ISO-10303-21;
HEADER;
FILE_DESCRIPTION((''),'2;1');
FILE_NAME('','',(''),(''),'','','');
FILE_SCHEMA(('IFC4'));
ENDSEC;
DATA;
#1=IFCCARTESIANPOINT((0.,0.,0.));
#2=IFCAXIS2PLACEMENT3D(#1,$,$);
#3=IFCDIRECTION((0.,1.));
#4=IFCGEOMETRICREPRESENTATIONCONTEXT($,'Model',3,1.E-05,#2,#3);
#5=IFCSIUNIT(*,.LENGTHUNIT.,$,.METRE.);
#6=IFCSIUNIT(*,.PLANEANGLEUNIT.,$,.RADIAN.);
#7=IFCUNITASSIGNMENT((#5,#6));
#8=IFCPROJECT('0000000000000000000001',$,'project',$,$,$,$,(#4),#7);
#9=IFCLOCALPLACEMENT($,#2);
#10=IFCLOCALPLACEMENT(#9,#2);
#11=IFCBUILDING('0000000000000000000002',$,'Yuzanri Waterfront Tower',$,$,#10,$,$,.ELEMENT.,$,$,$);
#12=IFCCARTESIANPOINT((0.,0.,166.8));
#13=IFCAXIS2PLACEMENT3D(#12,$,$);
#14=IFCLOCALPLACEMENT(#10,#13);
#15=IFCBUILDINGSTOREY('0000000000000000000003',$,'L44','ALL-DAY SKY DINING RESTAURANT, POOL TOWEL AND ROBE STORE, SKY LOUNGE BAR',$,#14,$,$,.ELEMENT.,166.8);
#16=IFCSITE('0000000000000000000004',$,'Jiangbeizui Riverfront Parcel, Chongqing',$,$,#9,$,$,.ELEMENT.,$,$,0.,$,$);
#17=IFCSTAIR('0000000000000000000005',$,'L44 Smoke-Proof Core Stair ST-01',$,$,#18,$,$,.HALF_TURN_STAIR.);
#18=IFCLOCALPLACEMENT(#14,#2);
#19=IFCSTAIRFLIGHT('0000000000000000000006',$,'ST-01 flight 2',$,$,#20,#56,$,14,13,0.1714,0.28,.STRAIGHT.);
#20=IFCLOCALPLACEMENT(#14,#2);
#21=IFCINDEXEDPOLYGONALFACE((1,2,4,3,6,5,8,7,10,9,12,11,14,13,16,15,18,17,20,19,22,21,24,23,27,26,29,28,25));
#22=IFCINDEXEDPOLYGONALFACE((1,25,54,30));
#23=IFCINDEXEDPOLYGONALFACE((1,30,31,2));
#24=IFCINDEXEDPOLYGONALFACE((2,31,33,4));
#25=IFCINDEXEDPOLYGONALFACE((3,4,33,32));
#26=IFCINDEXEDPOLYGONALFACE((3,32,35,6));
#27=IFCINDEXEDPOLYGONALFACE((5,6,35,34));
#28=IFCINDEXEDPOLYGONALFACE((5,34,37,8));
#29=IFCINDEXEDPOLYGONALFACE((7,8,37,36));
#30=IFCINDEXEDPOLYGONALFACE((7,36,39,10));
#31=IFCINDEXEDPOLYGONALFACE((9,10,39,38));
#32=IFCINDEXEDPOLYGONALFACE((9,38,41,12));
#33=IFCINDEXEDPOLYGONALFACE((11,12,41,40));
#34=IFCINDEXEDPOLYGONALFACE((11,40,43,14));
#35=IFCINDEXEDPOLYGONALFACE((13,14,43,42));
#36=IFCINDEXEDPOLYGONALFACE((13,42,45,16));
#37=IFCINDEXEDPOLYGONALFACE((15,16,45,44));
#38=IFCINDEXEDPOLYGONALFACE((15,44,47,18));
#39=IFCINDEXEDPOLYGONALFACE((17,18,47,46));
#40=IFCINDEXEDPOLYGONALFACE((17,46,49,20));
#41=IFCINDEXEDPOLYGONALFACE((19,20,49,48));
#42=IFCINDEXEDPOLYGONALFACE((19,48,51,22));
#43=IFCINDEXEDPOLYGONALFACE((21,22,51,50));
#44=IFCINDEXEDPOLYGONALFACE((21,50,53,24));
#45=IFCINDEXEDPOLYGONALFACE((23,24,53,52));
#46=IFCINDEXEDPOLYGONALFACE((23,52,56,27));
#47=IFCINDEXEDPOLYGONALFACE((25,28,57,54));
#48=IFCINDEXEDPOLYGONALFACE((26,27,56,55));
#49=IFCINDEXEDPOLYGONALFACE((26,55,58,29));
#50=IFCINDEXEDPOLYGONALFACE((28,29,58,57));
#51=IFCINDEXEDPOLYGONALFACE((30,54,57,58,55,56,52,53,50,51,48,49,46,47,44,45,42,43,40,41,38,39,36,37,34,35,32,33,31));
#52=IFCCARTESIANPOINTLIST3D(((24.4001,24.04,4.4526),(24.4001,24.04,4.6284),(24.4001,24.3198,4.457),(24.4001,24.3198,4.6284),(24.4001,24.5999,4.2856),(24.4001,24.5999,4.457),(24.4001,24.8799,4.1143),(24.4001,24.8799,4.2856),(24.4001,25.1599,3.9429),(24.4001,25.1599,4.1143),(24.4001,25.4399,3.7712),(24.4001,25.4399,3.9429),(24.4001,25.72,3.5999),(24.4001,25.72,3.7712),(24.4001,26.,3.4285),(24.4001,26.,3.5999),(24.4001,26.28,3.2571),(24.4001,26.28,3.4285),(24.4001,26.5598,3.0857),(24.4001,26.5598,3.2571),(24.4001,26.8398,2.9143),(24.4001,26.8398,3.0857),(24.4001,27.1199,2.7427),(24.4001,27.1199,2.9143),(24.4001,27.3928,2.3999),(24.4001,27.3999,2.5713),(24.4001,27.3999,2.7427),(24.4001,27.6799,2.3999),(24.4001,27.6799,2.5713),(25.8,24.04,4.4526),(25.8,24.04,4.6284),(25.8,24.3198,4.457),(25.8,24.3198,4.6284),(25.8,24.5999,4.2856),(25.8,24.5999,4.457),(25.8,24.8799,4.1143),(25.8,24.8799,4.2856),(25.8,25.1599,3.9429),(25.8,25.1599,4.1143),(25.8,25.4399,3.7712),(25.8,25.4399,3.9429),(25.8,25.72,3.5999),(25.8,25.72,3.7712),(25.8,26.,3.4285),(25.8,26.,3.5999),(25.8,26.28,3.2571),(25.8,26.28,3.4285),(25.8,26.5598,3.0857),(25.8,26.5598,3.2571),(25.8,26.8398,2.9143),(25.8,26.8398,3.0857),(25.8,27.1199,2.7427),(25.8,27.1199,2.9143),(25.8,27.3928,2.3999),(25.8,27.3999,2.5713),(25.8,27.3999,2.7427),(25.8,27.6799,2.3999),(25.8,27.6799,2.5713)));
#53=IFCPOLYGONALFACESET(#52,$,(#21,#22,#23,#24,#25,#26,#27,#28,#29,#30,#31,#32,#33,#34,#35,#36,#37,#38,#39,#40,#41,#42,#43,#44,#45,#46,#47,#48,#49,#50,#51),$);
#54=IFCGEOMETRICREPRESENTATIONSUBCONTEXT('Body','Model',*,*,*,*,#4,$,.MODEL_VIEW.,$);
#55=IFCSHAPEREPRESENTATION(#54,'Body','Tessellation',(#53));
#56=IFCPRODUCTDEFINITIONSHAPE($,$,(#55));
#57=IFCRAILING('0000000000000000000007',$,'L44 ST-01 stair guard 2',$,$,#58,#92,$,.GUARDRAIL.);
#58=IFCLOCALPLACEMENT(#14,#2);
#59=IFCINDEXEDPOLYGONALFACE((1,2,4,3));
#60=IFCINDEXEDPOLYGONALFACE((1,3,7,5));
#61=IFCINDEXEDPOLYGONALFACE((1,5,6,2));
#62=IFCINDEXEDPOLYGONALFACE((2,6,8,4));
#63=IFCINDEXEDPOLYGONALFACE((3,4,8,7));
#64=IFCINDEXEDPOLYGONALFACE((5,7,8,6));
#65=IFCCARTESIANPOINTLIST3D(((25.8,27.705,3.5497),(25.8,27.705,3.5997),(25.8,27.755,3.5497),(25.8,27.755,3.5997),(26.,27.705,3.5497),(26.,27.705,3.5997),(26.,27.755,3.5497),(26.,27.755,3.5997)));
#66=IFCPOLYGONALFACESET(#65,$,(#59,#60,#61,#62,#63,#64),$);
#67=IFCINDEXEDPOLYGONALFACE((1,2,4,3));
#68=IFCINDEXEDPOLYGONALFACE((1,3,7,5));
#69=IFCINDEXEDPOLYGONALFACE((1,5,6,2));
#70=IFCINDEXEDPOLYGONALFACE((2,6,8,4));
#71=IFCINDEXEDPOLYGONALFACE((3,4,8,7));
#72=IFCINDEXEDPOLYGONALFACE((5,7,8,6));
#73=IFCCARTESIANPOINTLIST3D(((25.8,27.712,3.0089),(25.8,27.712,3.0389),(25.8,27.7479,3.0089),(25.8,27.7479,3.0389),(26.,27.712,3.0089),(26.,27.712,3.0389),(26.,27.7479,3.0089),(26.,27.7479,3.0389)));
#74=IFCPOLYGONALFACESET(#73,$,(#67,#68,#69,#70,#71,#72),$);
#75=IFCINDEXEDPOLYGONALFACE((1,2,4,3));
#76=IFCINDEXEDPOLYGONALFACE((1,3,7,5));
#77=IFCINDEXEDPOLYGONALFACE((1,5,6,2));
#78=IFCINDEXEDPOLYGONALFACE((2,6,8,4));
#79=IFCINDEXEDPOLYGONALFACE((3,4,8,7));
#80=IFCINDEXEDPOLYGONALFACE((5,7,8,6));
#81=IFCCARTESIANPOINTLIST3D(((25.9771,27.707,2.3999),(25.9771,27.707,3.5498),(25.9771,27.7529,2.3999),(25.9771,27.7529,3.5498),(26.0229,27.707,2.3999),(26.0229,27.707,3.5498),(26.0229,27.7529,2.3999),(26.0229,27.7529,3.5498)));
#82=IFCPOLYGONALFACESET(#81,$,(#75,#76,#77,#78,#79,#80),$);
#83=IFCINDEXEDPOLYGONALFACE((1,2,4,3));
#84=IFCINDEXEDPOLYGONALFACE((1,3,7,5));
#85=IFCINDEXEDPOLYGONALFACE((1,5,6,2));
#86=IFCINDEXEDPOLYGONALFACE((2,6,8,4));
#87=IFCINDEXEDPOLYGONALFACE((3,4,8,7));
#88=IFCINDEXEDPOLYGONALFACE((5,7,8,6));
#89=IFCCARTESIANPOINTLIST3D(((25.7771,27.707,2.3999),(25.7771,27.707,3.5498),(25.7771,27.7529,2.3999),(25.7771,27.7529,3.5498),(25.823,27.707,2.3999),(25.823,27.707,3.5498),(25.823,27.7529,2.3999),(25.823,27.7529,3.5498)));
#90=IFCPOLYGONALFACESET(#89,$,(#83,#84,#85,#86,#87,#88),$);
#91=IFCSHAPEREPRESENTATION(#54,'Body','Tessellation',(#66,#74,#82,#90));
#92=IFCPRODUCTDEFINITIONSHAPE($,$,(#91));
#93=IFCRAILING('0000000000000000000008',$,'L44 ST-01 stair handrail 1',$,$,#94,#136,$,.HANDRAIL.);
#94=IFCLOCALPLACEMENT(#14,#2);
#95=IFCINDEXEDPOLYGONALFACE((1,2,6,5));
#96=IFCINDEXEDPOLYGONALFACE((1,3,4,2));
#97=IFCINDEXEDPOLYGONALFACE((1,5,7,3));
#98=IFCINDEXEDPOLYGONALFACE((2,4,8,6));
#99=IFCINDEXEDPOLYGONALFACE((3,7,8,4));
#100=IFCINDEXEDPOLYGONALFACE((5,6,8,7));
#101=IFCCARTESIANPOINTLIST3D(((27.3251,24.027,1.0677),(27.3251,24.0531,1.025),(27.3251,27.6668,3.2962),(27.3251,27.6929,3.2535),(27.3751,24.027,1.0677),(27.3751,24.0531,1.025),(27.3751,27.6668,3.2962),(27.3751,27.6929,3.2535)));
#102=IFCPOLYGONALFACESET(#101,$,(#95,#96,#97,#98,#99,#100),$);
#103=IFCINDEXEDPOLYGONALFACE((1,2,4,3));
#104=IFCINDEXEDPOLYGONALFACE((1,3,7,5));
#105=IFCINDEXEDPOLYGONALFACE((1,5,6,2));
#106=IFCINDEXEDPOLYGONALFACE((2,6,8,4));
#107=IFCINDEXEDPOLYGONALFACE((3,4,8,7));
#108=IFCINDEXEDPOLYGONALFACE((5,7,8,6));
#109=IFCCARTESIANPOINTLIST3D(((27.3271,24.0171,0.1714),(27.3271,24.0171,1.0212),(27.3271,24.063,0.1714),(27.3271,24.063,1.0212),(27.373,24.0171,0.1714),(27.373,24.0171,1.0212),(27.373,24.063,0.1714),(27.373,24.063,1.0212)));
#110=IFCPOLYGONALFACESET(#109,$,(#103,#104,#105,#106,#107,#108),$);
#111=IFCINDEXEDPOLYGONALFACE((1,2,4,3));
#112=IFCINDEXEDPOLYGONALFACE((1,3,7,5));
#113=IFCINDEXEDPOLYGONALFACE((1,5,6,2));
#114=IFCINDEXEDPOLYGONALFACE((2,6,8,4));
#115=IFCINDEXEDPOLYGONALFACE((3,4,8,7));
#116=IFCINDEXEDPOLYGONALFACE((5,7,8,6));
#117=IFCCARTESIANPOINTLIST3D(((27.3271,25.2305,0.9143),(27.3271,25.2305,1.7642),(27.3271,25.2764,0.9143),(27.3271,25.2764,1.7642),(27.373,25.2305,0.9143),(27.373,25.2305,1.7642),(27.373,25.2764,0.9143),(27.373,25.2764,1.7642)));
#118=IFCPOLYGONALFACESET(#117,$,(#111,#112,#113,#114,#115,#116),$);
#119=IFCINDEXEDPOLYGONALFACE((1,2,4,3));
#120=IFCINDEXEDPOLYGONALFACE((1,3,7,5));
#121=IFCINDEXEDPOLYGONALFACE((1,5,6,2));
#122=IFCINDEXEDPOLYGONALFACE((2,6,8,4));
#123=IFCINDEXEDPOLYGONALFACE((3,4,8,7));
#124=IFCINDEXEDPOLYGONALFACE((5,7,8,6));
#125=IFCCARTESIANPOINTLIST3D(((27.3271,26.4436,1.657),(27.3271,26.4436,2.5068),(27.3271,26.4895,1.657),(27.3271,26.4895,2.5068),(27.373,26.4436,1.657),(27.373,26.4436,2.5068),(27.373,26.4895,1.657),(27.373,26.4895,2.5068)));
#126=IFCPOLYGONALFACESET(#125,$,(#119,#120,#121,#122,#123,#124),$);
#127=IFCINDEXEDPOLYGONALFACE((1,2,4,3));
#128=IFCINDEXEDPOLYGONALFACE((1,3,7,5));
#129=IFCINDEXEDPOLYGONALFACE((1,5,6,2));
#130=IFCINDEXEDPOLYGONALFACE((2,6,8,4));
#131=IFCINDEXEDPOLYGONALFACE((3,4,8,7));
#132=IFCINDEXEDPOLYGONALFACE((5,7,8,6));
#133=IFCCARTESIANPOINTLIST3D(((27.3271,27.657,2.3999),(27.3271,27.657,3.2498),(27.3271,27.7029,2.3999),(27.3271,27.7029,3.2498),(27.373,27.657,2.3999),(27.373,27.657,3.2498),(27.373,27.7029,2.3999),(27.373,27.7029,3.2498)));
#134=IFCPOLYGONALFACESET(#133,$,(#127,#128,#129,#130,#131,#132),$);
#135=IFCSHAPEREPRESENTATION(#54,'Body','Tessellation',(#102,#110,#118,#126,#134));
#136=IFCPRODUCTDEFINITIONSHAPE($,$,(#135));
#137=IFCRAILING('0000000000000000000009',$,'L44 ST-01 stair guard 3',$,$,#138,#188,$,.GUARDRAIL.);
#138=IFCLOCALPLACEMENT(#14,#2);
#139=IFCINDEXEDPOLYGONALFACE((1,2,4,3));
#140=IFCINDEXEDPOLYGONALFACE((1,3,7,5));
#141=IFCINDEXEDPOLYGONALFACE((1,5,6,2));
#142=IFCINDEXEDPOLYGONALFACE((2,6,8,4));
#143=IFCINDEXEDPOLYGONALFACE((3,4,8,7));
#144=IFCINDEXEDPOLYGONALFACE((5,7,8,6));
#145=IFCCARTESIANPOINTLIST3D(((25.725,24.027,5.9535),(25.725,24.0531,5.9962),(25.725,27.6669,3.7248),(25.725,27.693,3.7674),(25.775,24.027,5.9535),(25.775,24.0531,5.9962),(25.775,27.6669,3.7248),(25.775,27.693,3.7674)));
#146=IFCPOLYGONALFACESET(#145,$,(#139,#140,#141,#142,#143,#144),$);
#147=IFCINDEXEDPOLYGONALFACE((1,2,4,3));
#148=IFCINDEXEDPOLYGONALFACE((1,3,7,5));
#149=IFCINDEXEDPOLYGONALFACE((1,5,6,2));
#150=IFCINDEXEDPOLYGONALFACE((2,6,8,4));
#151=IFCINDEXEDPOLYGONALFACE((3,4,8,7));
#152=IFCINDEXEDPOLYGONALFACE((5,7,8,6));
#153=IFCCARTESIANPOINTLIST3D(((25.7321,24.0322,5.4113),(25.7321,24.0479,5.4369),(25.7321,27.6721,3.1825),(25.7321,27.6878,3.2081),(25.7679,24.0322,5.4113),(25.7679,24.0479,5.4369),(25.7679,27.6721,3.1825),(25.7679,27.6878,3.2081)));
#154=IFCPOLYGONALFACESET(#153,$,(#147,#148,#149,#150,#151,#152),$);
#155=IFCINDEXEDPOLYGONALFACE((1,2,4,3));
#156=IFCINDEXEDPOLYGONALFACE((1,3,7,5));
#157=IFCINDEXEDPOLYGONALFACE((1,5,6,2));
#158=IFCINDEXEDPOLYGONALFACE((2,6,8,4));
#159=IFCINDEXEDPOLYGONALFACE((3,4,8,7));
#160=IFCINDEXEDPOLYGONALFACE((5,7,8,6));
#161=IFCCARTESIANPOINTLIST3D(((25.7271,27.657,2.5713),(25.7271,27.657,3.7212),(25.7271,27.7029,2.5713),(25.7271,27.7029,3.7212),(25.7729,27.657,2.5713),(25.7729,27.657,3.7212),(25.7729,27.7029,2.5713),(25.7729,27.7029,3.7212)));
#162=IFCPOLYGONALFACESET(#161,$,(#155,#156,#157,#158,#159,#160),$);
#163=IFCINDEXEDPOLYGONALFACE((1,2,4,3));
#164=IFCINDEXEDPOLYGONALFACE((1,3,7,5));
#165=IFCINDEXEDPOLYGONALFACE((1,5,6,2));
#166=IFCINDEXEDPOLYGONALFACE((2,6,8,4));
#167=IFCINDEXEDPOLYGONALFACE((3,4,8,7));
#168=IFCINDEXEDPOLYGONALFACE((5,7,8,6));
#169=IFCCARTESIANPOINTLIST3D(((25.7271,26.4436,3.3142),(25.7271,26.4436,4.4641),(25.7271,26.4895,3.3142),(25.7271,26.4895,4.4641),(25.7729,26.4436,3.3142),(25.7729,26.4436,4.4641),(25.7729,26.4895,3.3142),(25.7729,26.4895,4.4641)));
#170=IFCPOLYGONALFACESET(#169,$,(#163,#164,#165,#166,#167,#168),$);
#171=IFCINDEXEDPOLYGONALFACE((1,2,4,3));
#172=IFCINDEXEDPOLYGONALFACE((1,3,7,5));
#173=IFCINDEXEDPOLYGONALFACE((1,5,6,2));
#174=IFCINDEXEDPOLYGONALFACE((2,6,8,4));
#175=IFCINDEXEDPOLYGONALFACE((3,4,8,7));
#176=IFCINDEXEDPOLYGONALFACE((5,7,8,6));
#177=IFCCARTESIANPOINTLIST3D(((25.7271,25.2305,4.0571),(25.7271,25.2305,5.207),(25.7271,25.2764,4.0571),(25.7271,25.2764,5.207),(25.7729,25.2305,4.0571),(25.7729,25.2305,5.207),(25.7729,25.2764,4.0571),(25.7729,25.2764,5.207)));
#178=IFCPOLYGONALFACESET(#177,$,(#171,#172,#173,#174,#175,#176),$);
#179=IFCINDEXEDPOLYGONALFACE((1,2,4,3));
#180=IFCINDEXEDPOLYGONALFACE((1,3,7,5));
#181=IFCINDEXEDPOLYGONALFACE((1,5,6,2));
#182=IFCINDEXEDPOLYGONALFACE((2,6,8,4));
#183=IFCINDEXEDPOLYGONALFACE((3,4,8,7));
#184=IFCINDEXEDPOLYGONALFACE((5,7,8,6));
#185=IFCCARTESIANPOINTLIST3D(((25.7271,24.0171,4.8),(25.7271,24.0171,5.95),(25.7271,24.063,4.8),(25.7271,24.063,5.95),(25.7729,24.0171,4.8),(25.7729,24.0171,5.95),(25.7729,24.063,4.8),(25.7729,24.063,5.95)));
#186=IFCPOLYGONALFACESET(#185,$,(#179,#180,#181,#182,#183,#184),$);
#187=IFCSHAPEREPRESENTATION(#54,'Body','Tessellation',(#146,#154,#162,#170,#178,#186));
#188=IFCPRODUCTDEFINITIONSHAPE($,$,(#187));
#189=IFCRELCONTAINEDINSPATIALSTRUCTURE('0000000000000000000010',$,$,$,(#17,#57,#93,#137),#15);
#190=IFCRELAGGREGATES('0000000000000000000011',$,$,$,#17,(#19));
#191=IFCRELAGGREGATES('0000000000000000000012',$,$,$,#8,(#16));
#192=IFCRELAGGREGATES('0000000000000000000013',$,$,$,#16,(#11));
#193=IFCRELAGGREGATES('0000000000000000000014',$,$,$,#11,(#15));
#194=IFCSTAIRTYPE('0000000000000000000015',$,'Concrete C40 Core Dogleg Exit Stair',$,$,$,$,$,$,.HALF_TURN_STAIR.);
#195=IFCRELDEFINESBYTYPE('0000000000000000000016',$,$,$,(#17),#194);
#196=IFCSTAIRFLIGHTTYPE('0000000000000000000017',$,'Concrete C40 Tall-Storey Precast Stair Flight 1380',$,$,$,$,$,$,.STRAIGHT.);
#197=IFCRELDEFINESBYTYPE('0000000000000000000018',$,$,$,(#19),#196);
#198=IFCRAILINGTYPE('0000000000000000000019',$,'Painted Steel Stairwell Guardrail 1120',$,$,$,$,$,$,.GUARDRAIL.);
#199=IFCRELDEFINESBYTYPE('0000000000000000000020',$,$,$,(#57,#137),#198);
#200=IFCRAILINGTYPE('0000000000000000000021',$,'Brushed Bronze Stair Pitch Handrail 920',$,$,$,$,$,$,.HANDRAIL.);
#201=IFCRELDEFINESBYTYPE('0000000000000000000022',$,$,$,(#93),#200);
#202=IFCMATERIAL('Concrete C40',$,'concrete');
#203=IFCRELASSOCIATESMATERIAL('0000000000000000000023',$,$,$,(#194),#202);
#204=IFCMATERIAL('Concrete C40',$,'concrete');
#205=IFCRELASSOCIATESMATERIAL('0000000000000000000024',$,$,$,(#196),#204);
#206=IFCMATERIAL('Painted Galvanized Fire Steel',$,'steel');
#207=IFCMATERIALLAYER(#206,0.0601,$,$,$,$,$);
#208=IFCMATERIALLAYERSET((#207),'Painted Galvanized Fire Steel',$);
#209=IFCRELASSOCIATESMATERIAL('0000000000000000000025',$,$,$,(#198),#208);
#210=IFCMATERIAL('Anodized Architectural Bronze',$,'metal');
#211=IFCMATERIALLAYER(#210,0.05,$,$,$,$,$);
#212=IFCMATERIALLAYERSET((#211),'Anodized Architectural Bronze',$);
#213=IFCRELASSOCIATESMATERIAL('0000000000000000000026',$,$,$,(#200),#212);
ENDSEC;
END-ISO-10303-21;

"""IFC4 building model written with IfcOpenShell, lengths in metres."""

from ifc_helpers import new_model, si_unit, direction, frame, origin, origin_2d, place, context, subcontext, project, spatial, polyline, rectangle, outline, extrude, source, transform, mapped, material, layer, layer_set, type_object, element, aggregate, save


model = new_model("IFC4")

# Units and contexts
model_context = context("Model", 3, precision=1e-05, world=origin(), true_north=direction((0.0, 1.0)))
body_context = subcontext(model_context, "Body", "Model", "MODEL_VIEW")
ifc_project = project(units=[si_unit("LENGTHUNIT", "METRE"), si_unit("PLANEANGLEUNIT", "RADIAN")], contexts=[model_context])

# Site, building, storey
site_placement = place(None, origin())
site = spatial("IfcSite", under=ifc_project, at=site_placement, Name="Jiangbeizui Riverfront Parcel, Chongqing", CompositionType="ELEMENT", RefElevation=0.0)
building_placement = place(site_placement, origin())
building = spatial("IfcBuilding", under=site, at=building_placement, Name="Yuzanri Waterfront Tower", CompositionType="ELEMENT")
storey_placement = place(building_placement, frame((0.0, 0.0, 166.8)))
storey = spatial("IfcBuildingStorey", under=building, at=storey_placement, Name="L44", Description="ALL-DAY SKY DINING RESTAURANT, POOL TOWEL AND ROBE STORE, SKY LOUNGE BAR", CompositionType="ELEMENT", Elevation=166.8)

# Stair, stair flight
ifc_material_1 = material(Name="Concrete C40", Category="concrete")
stair_type = type_object("IfcStairType", Name="Concrete C40 Core Dogleg Exit Stair", PredefinedType="HALF_TURN_STAIR", material=ifc_material_1)
stair_placement = place(storey_placement, origin())
stair = element("IfcStair", 1, at=stair_placement, inside=storey, type_object=stair_type, Name="L44 Smoke-Proof Core Stair ST-01", PredefinedType="HALF_TURN_STAIR")
ifc_material_2 = material(Name="Concrete C40", Category="concrete")
stair_flight_type = type_object("IfcStairFlightType", Name="Concrete C40 Tall-Storey Precast Stair Flight 1380", PredefinedType="STRAIGHT", material=ifc_material_2)
shared_shape_1 = source(origin(), body_context, "Body", "SweptSolid", [
    extrude(outline(polyline([(0.0, 0.0), (0.0, 0.1714), (0.28, 0.1714), (0.28, 0.3428), (0.5601, 0.3428), (0.5601, 0.5144), (0.8401, 0.5144), (0.8401, 0.6858), (1.1201, 0.6858), (1.1201, 0.8572), (1.3999, 0.8572), (1.3999, 1.0286), (1.6799, 1.0286), (1.6799, 1.2), (1.96, 1.2), (1.96, 1.3713), (2.24, 1.3713), (2.24, 1.543), (2.52, 1.543), (2.52, 1.7144), (2.8, 1.7144), (2.8, 1.8857), (3.0801, 1.8857), (3.0801, 2.0571), (3.3601, 2.0571), (3.3601, 2.2285), (3.6399, 2.2285), (3.6399, 2.3999), (3.6399, 2.0527), (0.2871, 0.0), (0.0, 0.0)])), frame((0.0, 0.7, 0.0), z_axis=(0.0, -1.0, 0.0), x_axis=(1.0, 0.0, 0.0)), (0.0, 0.0, 1.0), 1.3999),
])
stair_flight_placement = place(storey_placement, frame((25.1001, 27.6799, 2.3999), z_axis=(0.0, 0.0, 1.0), x_axis=(0.0, -1.0, 0.0)))
stair_flight = element("IfcStairFlight", 2, at=stair_flight_placement, type_object=stair_flight_type, Name="ST-01 flight 2", NumberOfRisers=14, NumberOfTreads=13, PredefinedType="STRAIGHT", RiserHeight=0.1714, TreadLength=0.28, context=body_context, shape_type="MappedRepresentation", body=[
    mapped(shared_shape_1, transform((0.0, 0.0, 0.0), scale=1.0)),
])
aggregate(stair, [stair_flight])

# Railings
ifc_material_3 = material(Name="Painted Galvanized Fire Steel", Category="steel")
ifc_layer_1 = layer(ifc_material_3, 0.0601)
ifc_layer_set_1 = layer_set([ifc_layer_1], Name="Painted Galvanized Fire Steel")
railing_type_1 = type_object("IfcRailingType", Name="Painted Steel Stairwell Guardrail 1120", PredefinedType="GUARDRAIL", material=ifc_layer_set_1)
shared_shape_2 = source(origin(), body_context, "Body", "SweptSolid", [
    extrude(rectangle(XDim=0.05, YDim=0.05, at=origin_2d()), frame((0.0, 0.0, 1.1748), z_axis=(-1.0, 0.0, 0.0), x_axis=(0.0, -1.0, 0.0)), (0.0, 0.0, 1.0), 0.2),
    extrude(rectangle(XDim=0.0359, YDim=0.03, at=origin_2d()), frame((0.0, 0.0, 0.624), z_axis=(-1.0, 0.0, 0.0), x_axis=(0.0, -1.0, 0.0)), (0.0, 0.0, 1.0), 0.2),
    extrude(rectangle(XDim=0.0459, YDim=0.0459, at=origin_2d()), origin(), (0.0, 0.0, 1.0), 1.1499),
    extrude(rectangle(XDim=0.0459, YDim=0.0459, at=origin_2d()), frame((-0.2, 0.0, 0.0)), (0.0, 0.0, 1.0), 1.1499),
])
railing_1_placement = place(storey_placement, frame((26.0, 27.73, 2.3999)))
element("IfcRailing", 3, at=railing_1_placement, inside=storey, type_object=railing_type_1, Name="L44 ST-01 stair guard 2", PredefinedType="GUARDRAIL", context=body_context, shape_type="MappedRepresentation", body=[
    mapped(shared_shape_2, transform((0.0, 0.0, 0.0), scale=1.0)),
])
ifc_material_4 = material(Name="Anodized Architectural Bronze", Category="metal")
ifc_layer_2 = layer(ifc_material_4, 0.05)
ifc_layer_set_2 = layer_set([ifc_layer_2], Name="Anodized Architectural Bronze")
railing_type_2 = type_object("IfcRailingType", Name="Brushed Bronze Stair Pitch Handrail 920", PredefinedType="HANDRAIL", material=ifc_layer_set_2)
shared_shape_3 = source(origin(), body_context, "Body", "SweptSolid", [
    extrude(rectangle(XDim=0.05, YDim=0.05, at=origin_2d()), frame((0.0, 0.0, 0.875), z_axis=(0.0, 0.85285, 0.522156), x_axis=(-1.0, 0.0, 0.0)), (0.0, 0.0, 1.0), 4.2678),
    extrude(rectangle(XDim=0.0459, YDim=0.0459, at=origin_2d()), origin(), (0.0, 0.0, 1.0), 0.8499),
    extrude(rectangle(XDim=0.0459, YDim=0.0459, at=origin_2d()), frame((0.0, 1.2134, 0.7429)), (0.0, 0.0, 1.0), 0.8499),
    extrude(rectangle(XDim=0.0459, YDim=0.0459, at=origin_2d()), frame((0.0, 2.4265, 1.4856)), (0.0, 0.0, 1.0), 0.8499),
    extrude(rectangle(XDim=0.0459, YDim=0.0459, at=origin_2d()), frame((0.0, 3.6399, 2.2285)), (0.0, 0.0, 1.0), 0.8499),
])
railing_2_placement = place(storey_placement, frame((27.3501, 24.04, 0.1714)))
element("IfcRailing", 4, at=railing_2_placement, inside=storey, type_object=railing_type_2, Name="L44 ST-01 stair handrail 1", PredefinedType="HANDRAIL", context=body_context, shape_type="MappedRepresentation", body=[
    mapped(shared_shape_3, transform((0.0, 0.0, 0.0), scale=1.0)),
])
shared_shape_4 = source(origin(), body_context, "Body", "SweptSolid", [
    extrude(rectangle(XDim=0.05, YDim=0.05, at=origin_2d()), frame((0.0, 0.0, 1.1748), z_axis=(0.0, -0.852825, 0.522197), x_axis=(1.0, 0.0, 0.0)), (0.0, 0.0, 1.0), 4.2681),
    extrude(rectangle(XDim=0.0359, YDim=0.03, at=origin_2d()), frame((0.0, 0.0, 0.624), z_axis=(0.0, -0.852825, 0.522197), x_axis=(1.0, 0.0, 0.0)), (0.0, 0.0, 1.0), 4.2681),
    extrude(rectangle(XDim=0.0459, YDim=0.0459, at=origin_2d()), origin(), (0.0, 0.0, 1.0), 1.1499),
    extrude(rectangle(XDim=0.0459, YDim=0.0459, at=origin_2d()), frame((0.0, -1.2134, 0.7429)), (0.0, 0.0, 1.0), 1.1499),
    extrude(rectangle(XDim=0.0459, YDim=0.0459, at=origin_2d()), frame((0.0, -2.4265, 1.4858)), (0.0, 0.0, 1.0), 1.1499),
    extrude(rectangle(XDim=0.0459, YDim=0.0459, at=origin_2d()), frame((0.0, -3.6399, 2.2288)), (0.0, 0.0, 1.0), 1.1499),
])
railing_3_placement = place(storey_placement, frame((25.75, 27.6799, 2.5713)))
element("IfcRailing", 5, at=railing_3_placement, inside=storey, type_object=railing_type_1, Name="L44 ST-01 stair guard 3", PredefinedType="GUARDRAIL", context=body_context, shape_type="MappedRepresentation", body=[
    mapped(shared_shape_4, transform((0.0, 0.0, 0.0), scale=1.0)),
])

save(model, "model.ifc")
